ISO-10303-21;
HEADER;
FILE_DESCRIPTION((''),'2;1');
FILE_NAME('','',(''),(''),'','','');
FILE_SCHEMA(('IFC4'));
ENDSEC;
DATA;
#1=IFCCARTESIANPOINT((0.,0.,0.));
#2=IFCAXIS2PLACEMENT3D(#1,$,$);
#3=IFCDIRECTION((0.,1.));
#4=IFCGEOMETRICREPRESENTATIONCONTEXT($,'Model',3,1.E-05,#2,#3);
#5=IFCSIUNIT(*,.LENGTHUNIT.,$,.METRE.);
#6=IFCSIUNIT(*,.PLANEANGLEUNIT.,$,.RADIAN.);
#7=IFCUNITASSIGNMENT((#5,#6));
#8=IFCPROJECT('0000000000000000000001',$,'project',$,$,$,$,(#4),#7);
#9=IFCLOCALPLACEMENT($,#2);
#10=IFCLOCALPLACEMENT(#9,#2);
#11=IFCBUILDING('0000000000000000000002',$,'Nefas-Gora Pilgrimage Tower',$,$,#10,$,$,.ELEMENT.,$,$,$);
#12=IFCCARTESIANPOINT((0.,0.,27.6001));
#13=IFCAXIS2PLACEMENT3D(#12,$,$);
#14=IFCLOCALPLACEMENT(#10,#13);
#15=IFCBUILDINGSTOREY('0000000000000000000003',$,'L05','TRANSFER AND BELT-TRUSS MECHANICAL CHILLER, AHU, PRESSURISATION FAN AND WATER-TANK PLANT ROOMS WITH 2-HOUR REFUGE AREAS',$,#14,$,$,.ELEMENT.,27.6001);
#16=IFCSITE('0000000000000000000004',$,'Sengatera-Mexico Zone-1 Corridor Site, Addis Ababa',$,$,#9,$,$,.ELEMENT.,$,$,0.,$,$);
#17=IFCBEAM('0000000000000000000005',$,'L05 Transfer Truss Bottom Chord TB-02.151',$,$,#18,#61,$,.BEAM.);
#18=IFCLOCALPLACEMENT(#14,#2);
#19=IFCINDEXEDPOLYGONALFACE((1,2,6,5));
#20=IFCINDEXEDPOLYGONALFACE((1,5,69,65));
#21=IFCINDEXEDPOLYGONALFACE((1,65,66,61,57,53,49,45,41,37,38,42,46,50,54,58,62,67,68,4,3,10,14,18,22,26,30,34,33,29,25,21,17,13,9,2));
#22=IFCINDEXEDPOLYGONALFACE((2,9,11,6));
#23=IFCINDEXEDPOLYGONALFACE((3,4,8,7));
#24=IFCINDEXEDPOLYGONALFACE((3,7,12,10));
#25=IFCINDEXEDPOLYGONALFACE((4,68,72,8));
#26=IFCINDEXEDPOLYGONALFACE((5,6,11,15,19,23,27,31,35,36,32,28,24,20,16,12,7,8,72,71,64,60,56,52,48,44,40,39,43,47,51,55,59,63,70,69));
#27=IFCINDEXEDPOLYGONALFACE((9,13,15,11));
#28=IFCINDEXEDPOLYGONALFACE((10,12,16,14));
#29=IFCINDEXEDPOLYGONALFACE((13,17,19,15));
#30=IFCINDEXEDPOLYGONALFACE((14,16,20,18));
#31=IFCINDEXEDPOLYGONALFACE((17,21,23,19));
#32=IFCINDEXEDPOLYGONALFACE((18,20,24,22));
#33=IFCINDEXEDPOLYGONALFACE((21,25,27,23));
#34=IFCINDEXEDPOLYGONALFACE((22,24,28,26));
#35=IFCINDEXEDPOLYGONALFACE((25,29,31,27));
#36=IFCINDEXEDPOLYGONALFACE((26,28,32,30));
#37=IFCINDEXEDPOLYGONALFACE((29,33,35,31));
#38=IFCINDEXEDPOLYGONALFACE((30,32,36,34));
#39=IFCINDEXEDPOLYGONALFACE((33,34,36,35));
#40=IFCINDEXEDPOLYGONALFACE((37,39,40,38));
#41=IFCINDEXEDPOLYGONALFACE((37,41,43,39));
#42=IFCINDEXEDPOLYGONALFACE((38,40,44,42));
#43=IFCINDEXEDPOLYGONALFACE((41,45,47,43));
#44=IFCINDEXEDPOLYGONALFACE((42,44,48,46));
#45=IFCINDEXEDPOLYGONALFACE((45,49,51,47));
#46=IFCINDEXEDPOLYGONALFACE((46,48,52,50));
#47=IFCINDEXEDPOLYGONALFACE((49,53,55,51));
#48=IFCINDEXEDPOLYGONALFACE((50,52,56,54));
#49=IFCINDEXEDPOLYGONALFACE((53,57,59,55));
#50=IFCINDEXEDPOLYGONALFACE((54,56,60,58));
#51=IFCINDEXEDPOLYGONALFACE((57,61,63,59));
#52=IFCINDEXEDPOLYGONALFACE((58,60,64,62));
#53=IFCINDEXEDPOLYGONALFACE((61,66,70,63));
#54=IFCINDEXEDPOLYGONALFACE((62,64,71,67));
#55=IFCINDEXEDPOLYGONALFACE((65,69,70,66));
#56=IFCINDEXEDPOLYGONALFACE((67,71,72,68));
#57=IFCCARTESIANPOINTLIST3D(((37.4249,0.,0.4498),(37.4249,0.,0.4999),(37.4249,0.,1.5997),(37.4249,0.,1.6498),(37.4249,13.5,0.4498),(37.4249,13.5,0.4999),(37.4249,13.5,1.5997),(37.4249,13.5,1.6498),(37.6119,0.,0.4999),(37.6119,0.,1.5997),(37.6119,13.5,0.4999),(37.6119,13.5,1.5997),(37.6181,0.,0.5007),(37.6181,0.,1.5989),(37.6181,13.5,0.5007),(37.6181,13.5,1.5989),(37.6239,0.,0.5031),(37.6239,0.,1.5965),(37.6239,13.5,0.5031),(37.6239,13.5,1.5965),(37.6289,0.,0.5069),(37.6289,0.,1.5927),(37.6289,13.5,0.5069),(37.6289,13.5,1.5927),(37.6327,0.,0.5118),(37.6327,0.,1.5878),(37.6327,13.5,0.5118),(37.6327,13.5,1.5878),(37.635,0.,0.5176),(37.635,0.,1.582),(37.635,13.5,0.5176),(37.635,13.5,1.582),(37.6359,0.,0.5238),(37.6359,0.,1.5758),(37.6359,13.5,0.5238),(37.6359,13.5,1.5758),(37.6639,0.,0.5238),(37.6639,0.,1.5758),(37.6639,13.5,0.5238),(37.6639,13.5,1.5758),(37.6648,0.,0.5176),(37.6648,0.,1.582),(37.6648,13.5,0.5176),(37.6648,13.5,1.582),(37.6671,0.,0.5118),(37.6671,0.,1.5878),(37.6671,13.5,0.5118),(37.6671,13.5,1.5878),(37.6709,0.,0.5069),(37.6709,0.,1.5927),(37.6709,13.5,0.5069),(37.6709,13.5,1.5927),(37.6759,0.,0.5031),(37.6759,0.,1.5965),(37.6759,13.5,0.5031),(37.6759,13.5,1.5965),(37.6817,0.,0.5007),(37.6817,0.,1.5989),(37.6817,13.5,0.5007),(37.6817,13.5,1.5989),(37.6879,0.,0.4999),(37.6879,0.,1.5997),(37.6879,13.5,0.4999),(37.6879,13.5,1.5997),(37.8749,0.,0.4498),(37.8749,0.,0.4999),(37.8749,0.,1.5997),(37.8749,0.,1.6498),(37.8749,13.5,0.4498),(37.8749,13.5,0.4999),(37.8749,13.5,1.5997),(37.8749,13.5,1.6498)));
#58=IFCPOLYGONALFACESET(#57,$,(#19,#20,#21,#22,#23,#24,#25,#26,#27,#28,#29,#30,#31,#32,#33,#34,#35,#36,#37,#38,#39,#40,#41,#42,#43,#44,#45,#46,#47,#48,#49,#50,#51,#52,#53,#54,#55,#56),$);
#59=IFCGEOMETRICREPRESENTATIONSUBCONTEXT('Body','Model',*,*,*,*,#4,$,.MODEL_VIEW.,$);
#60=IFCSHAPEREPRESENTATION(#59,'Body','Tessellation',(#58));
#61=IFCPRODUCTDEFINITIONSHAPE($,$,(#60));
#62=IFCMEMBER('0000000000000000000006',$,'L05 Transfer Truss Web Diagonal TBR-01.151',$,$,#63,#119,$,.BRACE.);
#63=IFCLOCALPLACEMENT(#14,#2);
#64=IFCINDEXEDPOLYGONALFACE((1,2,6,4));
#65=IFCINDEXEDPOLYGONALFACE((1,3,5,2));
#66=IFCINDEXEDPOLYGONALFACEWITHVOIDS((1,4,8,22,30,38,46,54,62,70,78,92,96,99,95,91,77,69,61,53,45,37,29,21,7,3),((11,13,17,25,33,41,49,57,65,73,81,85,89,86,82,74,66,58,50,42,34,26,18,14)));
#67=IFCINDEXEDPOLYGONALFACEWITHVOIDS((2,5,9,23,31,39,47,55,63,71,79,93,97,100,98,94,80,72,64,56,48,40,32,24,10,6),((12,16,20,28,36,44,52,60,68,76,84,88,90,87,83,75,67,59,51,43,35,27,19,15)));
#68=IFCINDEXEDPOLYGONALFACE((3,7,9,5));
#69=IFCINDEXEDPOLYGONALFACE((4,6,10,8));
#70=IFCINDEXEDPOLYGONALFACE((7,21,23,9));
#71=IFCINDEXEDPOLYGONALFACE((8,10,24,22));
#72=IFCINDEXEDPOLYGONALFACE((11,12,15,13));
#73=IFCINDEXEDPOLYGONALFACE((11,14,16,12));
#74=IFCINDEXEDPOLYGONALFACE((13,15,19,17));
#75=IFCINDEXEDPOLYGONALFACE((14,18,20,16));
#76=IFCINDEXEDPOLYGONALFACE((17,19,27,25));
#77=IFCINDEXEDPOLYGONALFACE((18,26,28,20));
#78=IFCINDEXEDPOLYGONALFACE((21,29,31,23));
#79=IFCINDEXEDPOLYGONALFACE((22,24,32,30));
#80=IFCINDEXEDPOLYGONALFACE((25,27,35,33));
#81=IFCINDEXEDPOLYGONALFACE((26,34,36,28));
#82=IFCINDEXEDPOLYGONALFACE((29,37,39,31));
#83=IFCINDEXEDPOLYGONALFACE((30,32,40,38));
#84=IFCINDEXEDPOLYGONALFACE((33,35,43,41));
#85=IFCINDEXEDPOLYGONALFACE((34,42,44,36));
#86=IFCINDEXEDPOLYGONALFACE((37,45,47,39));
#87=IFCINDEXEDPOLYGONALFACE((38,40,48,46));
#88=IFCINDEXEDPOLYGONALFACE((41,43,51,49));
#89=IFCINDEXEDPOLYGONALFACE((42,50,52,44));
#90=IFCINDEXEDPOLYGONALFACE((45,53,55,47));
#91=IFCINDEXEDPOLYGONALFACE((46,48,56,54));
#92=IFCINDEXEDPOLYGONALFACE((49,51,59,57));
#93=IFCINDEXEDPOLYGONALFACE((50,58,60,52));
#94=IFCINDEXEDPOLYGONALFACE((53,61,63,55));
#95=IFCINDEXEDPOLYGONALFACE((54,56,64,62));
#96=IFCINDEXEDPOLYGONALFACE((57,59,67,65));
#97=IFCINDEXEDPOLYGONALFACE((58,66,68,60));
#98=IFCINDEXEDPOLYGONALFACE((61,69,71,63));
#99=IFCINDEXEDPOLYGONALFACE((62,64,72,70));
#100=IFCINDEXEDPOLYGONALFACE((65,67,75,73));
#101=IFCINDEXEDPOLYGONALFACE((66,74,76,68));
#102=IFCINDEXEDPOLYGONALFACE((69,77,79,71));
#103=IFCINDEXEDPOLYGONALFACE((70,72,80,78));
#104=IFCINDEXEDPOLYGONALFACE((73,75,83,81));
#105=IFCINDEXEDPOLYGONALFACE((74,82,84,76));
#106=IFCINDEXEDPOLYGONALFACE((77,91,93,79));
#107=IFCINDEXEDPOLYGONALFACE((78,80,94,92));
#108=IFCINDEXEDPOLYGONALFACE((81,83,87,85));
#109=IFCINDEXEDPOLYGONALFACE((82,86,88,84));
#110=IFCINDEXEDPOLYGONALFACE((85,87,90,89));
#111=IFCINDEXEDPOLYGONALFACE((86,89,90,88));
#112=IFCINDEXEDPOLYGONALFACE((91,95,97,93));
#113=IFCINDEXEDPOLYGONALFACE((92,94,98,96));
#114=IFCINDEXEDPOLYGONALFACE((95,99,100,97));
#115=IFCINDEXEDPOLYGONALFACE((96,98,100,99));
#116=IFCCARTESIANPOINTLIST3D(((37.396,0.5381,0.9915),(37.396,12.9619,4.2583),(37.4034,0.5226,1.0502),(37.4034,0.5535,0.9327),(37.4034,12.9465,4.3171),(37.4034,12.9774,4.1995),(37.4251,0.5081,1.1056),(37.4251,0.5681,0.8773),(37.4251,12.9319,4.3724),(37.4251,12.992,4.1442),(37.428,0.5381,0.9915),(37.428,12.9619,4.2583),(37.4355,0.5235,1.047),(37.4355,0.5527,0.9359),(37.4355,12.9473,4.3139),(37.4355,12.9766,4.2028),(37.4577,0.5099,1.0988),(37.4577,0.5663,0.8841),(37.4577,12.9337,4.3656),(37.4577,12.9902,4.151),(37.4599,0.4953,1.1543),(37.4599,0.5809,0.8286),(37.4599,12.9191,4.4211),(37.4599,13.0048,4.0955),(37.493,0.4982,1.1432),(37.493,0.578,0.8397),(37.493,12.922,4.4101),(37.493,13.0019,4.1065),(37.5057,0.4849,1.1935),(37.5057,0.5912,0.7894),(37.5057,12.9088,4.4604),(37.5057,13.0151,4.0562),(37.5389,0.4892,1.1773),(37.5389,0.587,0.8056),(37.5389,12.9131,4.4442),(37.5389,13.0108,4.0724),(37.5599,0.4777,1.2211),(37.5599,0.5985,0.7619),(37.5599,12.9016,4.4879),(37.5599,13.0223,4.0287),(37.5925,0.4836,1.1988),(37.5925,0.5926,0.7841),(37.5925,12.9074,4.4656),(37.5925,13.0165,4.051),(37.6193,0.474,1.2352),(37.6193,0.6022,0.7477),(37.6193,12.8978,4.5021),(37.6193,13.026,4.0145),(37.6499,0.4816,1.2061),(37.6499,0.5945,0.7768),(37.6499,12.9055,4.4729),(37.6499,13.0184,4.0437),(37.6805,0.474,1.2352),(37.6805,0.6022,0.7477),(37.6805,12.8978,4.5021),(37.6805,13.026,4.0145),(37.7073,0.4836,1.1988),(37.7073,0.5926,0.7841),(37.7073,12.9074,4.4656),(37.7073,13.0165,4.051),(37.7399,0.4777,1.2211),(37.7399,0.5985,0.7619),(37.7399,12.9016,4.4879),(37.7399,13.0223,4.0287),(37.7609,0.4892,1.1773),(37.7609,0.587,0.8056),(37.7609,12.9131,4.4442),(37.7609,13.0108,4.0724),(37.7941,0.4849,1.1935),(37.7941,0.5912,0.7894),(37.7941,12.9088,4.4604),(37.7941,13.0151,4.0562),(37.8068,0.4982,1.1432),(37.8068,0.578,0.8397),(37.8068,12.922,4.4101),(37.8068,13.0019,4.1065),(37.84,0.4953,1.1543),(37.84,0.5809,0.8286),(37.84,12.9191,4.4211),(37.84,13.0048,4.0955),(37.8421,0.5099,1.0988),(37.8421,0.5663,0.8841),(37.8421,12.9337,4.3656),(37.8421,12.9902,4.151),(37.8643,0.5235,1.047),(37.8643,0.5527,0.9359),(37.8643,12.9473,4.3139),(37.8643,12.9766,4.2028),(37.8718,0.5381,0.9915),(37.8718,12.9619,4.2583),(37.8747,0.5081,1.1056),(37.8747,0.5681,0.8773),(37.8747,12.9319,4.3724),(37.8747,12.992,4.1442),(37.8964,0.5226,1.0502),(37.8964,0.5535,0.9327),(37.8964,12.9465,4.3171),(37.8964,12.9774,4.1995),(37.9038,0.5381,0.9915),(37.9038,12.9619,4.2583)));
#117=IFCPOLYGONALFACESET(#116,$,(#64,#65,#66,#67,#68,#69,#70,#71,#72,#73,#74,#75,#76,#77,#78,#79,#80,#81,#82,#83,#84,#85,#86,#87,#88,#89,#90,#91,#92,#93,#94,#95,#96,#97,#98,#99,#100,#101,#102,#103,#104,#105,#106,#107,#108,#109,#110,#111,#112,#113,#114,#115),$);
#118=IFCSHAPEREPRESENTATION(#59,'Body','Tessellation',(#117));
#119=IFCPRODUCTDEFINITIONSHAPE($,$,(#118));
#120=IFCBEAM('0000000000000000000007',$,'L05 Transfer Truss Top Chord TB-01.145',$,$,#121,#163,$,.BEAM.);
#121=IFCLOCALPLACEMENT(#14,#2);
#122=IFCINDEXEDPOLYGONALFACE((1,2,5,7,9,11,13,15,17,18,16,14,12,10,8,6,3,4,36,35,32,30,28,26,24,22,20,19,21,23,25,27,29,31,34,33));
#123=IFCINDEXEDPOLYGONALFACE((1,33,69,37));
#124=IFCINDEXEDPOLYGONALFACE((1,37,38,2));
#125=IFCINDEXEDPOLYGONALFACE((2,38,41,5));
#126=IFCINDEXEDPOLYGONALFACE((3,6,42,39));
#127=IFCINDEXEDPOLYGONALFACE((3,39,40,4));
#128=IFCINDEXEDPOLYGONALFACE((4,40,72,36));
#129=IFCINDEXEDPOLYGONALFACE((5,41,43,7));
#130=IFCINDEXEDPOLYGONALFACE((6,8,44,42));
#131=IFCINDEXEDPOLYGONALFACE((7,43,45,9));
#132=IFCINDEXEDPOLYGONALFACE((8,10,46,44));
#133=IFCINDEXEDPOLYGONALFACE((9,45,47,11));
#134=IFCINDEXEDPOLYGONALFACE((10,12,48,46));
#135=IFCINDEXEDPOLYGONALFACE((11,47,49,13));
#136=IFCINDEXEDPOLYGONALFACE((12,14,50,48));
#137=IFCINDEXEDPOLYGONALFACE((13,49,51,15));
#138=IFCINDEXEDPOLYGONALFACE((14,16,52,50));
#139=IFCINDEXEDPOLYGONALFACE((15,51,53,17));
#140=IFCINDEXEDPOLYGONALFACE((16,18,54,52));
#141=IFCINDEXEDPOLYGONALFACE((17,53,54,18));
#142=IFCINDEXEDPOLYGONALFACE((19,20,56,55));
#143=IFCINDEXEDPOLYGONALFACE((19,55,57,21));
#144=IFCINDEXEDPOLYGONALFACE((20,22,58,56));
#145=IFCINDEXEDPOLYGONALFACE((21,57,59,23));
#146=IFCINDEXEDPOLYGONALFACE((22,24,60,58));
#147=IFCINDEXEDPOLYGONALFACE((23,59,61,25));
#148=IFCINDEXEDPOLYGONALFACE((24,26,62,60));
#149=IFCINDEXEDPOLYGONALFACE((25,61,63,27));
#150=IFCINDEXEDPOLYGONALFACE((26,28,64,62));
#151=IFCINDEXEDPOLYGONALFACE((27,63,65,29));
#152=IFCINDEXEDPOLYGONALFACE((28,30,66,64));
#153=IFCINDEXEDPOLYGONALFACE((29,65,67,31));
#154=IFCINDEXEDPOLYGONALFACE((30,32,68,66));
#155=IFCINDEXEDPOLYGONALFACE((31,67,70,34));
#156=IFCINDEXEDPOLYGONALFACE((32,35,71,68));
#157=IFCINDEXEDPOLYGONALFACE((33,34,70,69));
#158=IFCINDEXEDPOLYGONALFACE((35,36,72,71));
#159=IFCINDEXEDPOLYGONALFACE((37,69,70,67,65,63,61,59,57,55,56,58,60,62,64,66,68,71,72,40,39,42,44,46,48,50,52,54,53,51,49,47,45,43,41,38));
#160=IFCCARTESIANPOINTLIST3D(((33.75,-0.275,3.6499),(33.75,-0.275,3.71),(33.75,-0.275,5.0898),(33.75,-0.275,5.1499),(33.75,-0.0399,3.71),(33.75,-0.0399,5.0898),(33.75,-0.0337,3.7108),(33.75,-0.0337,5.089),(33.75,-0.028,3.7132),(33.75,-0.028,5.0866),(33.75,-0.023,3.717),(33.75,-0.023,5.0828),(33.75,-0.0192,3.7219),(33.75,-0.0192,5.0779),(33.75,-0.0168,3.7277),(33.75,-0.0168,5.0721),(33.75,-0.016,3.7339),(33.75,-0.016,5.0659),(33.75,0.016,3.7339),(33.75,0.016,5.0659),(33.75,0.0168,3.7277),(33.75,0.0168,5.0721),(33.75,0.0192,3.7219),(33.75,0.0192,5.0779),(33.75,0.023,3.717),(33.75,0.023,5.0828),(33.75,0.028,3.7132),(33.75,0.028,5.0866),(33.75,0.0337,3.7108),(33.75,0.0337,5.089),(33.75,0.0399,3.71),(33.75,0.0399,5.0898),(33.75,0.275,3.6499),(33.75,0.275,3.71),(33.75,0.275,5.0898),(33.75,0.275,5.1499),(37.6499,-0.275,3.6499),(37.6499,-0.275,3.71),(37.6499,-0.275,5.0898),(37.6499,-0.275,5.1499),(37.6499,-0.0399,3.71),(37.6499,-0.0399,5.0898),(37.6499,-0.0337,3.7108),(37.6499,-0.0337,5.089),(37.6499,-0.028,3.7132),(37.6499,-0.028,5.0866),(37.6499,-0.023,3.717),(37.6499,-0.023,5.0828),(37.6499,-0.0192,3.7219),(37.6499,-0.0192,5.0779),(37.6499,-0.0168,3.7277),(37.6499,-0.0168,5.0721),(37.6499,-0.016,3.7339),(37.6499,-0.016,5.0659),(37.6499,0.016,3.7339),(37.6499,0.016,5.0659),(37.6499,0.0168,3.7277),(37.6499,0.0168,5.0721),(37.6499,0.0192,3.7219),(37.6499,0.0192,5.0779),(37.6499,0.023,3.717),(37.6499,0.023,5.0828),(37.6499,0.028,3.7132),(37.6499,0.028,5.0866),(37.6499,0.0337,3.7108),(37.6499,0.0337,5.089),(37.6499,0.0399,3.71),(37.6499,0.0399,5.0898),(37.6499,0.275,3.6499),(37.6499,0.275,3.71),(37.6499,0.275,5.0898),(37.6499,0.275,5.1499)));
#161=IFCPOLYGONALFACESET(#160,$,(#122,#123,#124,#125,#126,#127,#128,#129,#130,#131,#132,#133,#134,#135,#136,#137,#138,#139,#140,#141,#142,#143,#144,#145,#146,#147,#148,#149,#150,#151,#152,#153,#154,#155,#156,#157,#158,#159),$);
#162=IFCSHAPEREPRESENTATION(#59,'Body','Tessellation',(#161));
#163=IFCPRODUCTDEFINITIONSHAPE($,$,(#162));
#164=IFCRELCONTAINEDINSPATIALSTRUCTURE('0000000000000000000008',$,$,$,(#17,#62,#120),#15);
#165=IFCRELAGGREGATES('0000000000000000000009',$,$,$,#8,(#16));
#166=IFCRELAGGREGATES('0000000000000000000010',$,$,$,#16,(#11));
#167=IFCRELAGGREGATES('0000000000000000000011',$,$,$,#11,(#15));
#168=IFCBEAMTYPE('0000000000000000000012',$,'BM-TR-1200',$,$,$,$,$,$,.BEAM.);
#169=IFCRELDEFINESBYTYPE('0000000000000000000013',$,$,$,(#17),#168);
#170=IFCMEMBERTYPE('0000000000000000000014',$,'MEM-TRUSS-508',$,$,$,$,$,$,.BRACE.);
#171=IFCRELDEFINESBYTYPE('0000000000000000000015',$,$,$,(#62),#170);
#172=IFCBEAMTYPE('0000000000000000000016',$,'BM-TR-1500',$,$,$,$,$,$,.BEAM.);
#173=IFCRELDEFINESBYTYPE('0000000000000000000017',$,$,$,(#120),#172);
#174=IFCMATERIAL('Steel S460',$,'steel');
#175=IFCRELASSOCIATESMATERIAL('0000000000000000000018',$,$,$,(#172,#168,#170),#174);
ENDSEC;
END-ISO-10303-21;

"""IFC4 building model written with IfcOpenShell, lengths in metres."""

from ifc_helpers import new_model, si_unit, direction, frame, origin, origin_2d, place, context, subcontext, project, spatial, hollow_circle, i_section, extrude, source, transform, mapped, material, material_profile, profile_set, type_object, element, save


model = new_model("IFC4")

# Units and contexts
model_context = context("Model", 3, precision=1e-05, world=origin(), true_north=direction((0.0, 1.0)))
body_context = subcontext(model_context, "Body", "Model", "MODEL_VIEW")
ifc_project = project(units=[si_unit("LENGTHUNIT", "METRE"), si_unit("PLANEANGLEUNIT", "RADIAN")], contexts=[model_context])

# Site, building, storey
site_placement = place(None, origin())
site = spatial("IfcSite", under=ifc_project, at=site_placement, Name="Sengatera-Mexico Zone-1 Corridor Site, Addis Ababa", CompositionType="ELEMENT", RefElevation=0.0)
building_placement = place(site_placement, origin())
building = spatial("IfcBuilding", under=site, at=building_placement, Name="Nefas-Gora Pilgrimage Tower", CompositionType="ELEMENT")
storey_placement = place(building_placement, frame((0.0, 0.0, 27.6001)))
storey = spatial("IfcBuildingStorey", under=building, at=storey_placement, Name="L05", Description="TRANSFER AND BELT-TRUSS MECHANICAL CHILLER, AHU, PRESSURISATION FAN AND WATER-TANK PLANT ROOMS WITH 2-HOUR REFUGE AREAS", CompositionType="ELEMENT", Elevation=27.6001)

# Shared definitions
ifc_material_1 = material(Name="Steel S460", Category="steel")

# Beam
ifc_material_profile_1 = material_profile(ifc_material_1, i_section(OverallWidth=0.55, OverallDepth=1.5, WebThickness=0.032, FlangeThickness=0.0601, FilletRadius=0.0239, at=origin_2d()), Name="WPG 1500x550x32x60")
ifc_profile_set_1 = profile_set([ifc_material_profile_1], Name="Steel S460")
beam_type_1 = type_object("IfcBeamType", Name="BM-TR-1500", PredefinedType="BEAM", material=ifc_profile_set_1)
ifc_material_profile_2 = material_profile(ifc_material_1, i_section(OverallWidth=0.45, OverallDepth=1.2, WebThickness=0.0281, FlangeThickness=0.05, FilletRadius=0.0239, at=origin_2d()), Name="WPG 1200x450x28x50")
ifc_profile_set_2 = profile_set([ifc_material_profile_2], Name="Steel S460")
beam_type_2 = type_object("IfcBeamType", Name="BM-TR-1200", PredefinedType="BEAM", material=ifc_profile_set_2)
shared_shape_1 = source(origin(), body_context, "Body", "SweptSolid", [
    extrude(i_section(OverallWidth=0.45, OverallDepth=1.2, WebThickness=0.0281, FlangeThickness=0.05, FilletRadius=0.0239, at=origin_2d()), origin(), (0.0, 0.0, 1.0), 13.5),
])
beam_1_placement = place(storey_placement, frame((37.6499, 0.0, 1.0498), z_axis=(0.0, 1.0, 0.0), x_axis=(-1.0, 0.0, 0.0)))
element("IfcBeam", 1, at=beam_1_placement, inside=storey, type_object=beam_type_2, Name="L05 Transfer Truss Bottom Chord TB-02.151", PredefinedType="BEAM", context=body_context, shape_type="MappedRepresentation", body=[
    mapped(shared_shape_1, transform((0.0, 0.0, 0.0), x_axis=(1.0, 0.0, 0.0), y_axis=(0.0, 1.0, 0.0), z_axis=(0.0, 0.0, 1.0), scale=1.0)),
])

# Member
ifc_material_profile_3 = material_profile(ifc_material_1, hollow_circle(Radius=0.2539, WallThickness=0.032, at=origin_2d()), Name="CHS 508x32")
ifc_profile_set_3 = profile_set([ifc_material_profile_3], Name="Steel S460")
member_type = type_object("IfcMemberType", Name="MEM-TRUSS-508", PredefinedType="BRACE", material=ifc_profile_set_3)
shared_shape_2 = source(origin(), body_context, "Body", "SweptSolid", [
    extrude(hollow_circle(Radius=0.2539, WallThickness=0.032, at=origin_2d()), origin(), (0.0, 0.0, 1.0), 12.8462),
])
member_1_placement = place(storey_placement, frame((37.6499, 0.5381, 0.9915), z_axis=(0.0, 0.967124, 0.254305), x_axis=(-1.0, 0.0, 0.0)))
element("IfcMember", 2, at=member_1_placement, inside=storey, type_object=member_type, Name="L05 Transfer Truss Web Diagonal TBR-01.151", PredefinedType="BRACE", context=body_context, shape_type="MappedRepresentation", body=[
    mapped(shared_shape_2, transform((0.0, 0.0, 0.0), x_axis=(1.0, 0.0, 0.0), y_axis=(0.0, 1.0, 0.0), z_axis=(0.0, 0.0, 1.0), scale=1.0)),
])

# Beam
shared_shape_3 = source(origin(), body_context, "Body", "SweptSolid", [
    extrude(i_section(OverallWidth=0.55, OverallDepth=1.5, WebThickness=0.032, FlangeThickness=0.0601, FilletRadius=0.0239, at=origin_2d()), origin(), (0.0, 0.0, 1.0), 3.8999),
])
beam_2_placement = place(storey_placement, frame((33.75, 0.0, 4.3999), z_axis=(1.0, 0.0, 0.0), x_axis=(0.0, 1.0, 0.0)))
element("IfcBeam", 3, at=beam_2_placement, inside=storey, type_object=beam_type_1, Name="L05 Transfer Truss Top Chord TB-01.145", PredefinedType="BEAM", context=body_context, shape_type="MappedRepresentation", body=[
    mapped(shared_shape_3, transform((0.0, 0.0, 0.0), x_axis=(1.0, 0.0, 0.0), y_axis=(0.0, 1.0, 0.0), z_axis=(0.0, 0.0, 1.0), scale=1.0)),
])

save(model, "model.ifc")
